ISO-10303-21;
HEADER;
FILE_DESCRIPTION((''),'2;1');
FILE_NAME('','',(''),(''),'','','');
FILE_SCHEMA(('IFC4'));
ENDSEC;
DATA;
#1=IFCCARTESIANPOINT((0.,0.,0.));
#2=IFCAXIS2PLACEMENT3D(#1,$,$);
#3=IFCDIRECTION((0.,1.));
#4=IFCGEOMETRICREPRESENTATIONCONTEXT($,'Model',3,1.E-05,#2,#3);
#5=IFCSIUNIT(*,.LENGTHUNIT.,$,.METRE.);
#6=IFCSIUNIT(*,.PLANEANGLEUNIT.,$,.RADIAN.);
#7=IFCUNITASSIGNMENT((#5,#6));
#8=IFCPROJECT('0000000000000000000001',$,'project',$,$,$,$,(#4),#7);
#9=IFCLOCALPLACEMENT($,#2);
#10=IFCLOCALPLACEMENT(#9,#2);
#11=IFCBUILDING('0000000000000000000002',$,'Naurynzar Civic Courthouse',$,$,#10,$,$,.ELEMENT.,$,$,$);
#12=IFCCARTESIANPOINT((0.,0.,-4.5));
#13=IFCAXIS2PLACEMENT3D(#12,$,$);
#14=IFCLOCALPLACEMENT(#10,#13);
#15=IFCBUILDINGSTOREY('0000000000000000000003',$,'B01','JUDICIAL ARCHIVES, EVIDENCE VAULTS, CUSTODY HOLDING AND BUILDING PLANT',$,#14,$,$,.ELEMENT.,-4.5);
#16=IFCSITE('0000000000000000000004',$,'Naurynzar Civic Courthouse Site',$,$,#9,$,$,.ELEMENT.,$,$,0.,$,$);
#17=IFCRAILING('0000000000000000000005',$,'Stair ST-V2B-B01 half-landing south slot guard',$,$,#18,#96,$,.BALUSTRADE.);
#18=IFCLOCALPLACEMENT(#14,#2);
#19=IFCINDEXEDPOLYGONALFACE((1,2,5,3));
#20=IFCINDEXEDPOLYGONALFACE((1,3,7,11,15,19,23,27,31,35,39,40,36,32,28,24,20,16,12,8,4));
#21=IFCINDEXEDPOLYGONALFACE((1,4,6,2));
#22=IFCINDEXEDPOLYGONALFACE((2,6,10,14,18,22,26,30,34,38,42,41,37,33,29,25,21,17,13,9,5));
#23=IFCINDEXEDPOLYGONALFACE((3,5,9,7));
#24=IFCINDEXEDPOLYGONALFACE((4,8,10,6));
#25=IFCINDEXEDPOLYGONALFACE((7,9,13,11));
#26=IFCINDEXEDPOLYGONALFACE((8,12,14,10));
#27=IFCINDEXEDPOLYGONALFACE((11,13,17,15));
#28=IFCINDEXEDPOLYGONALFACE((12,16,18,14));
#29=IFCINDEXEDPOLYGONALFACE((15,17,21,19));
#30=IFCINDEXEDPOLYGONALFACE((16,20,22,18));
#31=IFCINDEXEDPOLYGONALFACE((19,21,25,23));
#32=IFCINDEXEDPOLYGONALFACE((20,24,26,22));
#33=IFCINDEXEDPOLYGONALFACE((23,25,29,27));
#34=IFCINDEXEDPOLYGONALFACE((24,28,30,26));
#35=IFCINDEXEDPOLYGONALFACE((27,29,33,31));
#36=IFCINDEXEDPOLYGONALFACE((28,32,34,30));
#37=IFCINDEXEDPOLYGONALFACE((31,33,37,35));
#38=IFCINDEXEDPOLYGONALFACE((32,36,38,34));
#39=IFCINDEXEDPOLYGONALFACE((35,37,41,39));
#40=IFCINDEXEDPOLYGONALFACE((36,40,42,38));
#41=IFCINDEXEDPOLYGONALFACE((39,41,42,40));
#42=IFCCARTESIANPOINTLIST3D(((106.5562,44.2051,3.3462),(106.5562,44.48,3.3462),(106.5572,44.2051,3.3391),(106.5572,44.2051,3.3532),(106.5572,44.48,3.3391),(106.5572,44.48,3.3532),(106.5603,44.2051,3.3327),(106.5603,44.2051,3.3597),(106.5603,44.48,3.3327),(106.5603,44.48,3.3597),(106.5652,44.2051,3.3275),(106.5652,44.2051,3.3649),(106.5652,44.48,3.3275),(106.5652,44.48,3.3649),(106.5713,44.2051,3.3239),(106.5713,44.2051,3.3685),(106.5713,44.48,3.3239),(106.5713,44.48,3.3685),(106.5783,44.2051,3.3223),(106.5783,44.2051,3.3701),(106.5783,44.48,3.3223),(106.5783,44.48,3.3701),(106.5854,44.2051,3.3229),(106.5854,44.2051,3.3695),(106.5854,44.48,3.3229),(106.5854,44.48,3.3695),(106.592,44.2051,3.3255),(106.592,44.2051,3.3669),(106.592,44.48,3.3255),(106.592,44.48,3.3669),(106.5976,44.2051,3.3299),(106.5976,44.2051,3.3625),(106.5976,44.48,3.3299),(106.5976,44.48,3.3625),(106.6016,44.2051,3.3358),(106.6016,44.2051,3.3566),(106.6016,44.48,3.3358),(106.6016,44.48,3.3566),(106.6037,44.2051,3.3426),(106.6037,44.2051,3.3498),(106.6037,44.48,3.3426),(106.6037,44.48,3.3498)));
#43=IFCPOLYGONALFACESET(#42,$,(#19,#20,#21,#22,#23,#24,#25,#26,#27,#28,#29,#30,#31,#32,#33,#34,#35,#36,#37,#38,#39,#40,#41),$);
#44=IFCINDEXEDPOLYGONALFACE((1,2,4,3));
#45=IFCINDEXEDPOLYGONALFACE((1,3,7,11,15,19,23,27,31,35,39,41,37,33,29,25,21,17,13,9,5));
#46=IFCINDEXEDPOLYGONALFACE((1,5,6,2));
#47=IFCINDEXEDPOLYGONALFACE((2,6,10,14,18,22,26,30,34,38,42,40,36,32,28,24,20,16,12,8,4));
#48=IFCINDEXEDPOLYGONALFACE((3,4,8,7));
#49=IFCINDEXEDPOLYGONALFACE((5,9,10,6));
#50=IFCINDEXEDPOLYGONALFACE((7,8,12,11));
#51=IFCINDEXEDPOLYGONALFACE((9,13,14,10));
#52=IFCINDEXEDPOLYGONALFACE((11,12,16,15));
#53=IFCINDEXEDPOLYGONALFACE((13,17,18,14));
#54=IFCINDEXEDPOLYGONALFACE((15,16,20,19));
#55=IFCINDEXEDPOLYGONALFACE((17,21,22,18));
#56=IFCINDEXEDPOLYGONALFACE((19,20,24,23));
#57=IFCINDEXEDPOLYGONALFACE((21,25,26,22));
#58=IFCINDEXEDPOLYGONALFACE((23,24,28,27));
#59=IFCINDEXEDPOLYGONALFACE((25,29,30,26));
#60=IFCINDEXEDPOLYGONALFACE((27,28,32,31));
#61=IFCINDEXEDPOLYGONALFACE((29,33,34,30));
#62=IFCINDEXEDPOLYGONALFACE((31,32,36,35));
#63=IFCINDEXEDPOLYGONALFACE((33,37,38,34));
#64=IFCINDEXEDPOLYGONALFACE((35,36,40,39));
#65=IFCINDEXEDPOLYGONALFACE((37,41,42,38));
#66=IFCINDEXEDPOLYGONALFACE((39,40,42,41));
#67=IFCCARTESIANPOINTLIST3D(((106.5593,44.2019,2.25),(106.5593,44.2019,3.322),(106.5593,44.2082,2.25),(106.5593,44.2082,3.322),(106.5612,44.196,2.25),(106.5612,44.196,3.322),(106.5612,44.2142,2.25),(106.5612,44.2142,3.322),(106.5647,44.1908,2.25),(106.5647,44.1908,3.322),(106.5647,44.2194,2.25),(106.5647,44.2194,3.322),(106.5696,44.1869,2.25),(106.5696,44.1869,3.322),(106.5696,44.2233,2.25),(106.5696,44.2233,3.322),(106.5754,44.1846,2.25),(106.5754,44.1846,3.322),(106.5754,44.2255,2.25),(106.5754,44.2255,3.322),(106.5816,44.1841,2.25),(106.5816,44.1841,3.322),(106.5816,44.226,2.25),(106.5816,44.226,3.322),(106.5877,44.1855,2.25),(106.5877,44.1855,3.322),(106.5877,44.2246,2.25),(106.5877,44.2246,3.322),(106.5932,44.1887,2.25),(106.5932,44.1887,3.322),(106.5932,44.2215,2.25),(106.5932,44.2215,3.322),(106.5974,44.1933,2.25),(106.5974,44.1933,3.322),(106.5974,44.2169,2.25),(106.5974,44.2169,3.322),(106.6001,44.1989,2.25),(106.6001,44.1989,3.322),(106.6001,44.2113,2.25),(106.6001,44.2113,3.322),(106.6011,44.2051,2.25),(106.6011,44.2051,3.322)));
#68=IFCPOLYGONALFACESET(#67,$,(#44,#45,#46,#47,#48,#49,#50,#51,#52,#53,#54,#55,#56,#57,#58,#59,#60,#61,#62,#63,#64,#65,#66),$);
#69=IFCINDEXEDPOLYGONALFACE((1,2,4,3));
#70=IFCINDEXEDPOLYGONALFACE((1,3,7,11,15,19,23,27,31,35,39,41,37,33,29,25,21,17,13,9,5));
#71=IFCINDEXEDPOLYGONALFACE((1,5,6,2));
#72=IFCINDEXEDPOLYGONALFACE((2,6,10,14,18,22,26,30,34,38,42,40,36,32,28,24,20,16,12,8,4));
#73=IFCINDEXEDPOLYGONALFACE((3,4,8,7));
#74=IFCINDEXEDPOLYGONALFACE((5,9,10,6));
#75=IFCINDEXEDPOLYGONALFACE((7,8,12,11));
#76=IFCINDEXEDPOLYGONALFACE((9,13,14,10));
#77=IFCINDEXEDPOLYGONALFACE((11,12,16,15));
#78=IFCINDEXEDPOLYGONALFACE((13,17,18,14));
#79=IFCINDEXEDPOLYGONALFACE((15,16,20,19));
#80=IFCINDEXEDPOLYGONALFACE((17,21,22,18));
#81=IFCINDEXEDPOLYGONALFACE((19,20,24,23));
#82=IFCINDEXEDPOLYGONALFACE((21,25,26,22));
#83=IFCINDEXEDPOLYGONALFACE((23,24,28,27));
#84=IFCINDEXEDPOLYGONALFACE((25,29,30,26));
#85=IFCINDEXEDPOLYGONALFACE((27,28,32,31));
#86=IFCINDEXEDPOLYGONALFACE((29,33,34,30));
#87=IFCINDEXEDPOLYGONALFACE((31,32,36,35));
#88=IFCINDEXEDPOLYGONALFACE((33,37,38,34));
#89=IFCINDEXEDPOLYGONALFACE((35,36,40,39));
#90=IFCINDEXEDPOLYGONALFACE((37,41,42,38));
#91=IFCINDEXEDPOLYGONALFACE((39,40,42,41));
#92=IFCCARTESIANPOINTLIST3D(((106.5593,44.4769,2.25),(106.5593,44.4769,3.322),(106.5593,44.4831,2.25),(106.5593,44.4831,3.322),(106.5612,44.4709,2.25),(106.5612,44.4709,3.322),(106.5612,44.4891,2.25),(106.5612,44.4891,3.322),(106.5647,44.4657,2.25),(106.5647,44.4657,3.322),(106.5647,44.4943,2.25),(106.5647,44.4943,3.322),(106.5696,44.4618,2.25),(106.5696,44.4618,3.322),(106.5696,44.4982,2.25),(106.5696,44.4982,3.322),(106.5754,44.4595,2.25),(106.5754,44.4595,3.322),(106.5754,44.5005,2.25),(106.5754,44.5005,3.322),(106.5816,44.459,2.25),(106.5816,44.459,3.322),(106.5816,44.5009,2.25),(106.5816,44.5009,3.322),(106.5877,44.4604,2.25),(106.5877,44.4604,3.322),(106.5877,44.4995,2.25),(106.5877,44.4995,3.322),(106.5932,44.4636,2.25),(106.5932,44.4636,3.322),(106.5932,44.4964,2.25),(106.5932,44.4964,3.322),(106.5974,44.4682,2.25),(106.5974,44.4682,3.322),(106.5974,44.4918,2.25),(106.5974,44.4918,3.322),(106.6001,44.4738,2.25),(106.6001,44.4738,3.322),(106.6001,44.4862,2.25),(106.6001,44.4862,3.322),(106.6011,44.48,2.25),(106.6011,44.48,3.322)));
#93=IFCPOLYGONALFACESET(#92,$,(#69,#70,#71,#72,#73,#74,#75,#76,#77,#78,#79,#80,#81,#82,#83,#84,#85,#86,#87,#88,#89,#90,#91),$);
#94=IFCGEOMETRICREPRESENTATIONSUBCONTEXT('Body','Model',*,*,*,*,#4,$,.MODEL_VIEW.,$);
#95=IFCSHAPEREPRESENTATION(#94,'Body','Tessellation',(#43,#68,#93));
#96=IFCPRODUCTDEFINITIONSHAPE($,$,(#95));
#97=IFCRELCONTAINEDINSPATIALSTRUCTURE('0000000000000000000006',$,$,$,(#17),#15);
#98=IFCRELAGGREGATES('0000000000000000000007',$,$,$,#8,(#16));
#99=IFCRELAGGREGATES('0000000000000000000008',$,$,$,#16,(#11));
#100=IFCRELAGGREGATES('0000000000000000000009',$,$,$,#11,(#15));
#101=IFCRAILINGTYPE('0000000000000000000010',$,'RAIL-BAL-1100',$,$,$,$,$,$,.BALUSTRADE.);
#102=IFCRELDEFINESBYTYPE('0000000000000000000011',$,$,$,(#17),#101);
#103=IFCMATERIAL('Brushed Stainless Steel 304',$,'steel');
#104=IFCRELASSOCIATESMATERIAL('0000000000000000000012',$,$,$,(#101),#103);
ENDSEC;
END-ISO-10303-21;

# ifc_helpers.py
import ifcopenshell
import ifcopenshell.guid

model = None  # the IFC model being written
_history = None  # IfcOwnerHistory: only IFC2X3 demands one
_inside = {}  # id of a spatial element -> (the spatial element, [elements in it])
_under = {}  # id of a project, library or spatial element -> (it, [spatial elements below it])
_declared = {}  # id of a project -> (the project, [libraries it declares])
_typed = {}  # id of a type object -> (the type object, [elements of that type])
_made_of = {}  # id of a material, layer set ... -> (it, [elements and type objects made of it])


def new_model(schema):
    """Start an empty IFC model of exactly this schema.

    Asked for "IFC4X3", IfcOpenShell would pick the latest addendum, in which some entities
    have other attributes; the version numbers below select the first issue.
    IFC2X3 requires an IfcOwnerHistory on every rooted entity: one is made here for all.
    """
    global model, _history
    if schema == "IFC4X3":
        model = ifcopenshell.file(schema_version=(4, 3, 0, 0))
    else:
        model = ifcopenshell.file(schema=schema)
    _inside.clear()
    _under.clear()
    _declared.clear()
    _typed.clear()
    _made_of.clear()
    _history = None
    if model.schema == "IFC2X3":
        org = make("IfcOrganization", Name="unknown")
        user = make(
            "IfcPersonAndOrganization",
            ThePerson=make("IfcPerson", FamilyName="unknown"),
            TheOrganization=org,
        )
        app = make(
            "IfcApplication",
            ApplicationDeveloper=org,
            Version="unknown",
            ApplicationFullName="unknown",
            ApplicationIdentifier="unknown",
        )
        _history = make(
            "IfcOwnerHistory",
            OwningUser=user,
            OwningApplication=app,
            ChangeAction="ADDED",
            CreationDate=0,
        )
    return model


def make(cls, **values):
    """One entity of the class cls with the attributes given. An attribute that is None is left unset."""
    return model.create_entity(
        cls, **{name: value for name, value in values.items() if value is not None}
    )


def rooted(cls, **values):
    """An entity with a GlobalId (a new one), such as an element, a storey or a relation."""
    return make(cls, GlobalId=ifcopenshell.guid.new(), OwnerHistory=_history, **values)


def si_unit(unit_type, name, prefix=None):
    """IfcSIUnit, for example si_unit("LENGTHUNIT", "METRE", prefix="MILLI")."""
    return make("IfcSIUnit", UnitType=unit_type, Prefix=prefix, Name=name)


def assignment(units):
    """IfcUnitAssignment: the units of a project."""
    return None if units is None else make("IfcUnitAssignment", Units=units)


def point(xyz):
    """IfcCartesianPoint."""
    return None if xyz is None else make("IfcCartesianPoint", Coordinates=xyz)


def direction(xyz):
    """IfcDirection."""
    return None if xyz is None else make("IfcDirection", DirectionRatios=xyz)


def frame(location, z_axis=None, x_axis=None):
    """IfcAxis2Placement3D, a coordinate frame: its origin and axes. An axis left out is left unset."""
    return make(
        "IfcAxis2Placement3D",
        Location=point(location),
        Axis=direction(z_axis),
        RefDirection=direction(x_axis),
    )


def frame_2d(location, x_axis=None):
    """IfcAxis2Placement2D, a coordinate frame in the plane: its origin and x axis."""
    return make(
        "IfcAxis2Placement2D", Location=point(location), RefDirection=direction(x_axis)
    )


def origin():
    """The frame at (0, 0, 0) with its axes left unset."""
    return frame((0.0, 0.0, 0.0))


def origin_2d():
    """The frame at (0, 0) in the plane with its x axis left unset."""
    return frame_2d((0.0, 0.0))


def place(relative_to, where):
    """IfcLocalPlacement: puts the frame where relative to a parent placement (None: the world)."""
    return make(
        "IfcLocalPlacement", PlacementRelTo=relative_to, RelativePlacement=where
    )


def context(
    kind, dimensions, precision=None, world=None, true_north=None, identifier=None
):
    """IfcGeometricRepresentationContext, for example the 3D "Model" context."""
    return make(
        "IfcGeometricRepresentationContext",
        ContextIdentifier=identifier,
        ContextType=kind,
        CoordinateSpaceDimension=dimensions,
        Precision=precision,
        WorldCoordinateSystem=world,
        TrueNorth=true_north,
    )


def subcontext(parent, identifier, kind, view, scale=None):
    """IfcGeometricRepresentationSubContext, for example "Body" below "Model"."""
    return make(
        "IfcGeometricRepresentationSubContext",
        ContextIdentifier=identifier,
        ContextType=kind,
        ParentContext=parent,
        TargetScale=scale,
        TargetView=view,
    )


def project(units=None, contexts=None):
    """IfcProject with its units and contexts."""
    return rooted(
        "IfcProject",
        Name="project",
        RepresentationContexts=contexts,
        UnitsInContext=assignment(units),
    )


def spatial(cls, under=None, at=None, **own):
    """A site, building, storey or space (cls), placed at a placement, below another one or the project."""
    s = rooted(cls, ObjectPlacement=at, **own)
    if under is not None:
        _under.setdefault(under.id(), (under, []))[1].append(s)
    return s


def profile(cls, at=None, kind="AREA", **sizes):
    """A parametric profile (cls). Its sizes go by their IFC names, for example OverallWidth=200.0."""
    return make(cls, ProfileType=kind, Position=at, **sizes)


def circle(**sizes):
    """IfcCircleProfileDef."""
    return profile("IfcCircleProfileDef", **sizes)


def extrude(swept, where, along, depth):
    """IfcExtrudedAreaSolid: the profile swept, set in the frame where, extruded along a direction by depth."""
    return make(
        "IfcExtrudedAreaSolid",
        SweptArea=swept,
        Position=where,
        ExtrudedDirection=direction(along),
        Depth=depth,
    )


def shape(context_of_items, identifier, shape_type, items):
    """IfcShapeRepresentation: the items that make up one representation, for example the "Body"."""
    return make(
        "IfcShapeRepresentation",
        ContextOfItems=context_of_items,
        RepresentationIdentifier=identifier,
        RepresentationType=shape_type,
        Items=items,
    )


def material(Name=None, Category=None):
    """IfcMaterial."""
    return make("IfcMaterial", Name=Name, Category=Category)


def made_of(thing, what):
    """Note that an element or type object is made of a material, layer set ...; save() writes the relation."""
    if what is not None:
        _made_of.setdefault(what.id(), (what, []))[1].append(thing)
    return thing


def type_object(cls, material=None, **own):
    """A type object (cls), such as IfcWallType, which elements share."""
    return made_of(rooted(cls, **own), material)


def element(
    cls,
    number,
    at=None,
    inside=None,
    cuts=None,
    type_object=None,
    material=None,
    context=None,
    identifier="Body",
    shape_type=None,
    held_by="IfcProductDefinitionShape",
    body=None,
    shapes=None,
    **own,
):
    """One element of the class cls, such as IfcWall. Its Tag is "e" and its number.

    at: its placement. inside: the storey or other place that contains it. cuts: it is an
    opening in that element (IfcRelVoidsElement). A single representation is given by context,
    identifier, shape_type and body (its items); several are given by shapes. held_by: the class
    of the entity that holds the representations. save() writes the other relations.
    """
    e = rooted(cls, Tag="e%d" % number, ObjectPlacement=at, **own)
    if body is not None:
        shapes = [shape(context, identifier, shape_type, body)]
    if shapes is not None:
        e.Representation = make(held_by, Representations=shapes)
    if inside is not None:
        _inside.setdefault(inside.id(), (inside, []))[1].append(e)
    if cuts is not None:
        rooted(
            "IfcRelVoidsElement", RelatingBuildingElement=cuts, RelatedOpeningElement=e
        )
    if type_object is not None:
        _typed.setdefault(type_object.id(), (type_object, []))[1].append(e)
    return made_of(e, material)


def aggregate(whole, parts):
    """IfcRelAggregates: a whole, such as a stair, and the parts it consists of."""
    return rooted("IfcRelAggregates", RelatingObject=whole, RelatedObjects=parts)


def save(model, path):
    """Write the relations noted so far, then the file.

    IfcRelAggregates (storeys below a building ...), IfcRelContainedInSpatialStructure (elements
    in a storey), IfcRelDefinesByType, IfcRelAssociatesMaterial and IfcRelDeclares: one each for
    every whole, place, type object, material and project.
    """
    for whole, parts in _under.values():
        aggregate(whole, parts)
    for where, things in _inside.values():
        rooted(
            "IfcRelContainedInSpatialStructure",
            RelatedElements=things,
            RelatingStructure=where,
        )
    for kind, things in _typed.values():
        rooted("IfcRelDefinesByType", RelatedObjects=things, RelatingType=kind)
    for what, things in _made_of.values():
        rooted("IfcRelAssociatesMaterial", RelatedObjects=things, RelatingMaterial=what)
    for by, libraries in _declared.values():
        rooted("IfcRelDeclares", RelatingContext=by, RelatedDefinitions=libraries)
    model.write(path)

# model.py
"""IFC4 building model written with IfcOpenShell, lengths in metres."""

from ifc_helpers import new_model, si_unit, direction, frame, origin, origin_2d, place, context, subcontext, project, spatial, circle, extrude, material, type_object, element, save


model = new_model("IFC4")

# Units and contexts
model_context = context("Model", 3, precision=1e-05, world=origin(), true_north=direction((0.0, 1.0)))
body_context = subcontext(model_context, "Body", "Model", "MODEL_VIEW")
ifc_project = project(units=[si_unit("LENGTHUNIT", "METRE"), si_unit("PLANEANGLEUNIT", "RADIAN")], contexts=[model_context])

# Site, building, storey
site_placement = place(None, origin())
site = spatial("IfcSite", under=ifc_project, at=site_placement, Name="Naurynzar Civic Courthouse Site", CompositionType="ELEMENT", RefElevation=0.0)
building_placement = place(site_placement, origin())
building = spatial("IfcBuilding", under=site, at=building_placement, Name="Naurynzar Civic Courthouse", CompositionType="ELEMENT")
storey_placement = place(building_placement, frame((0.0, 0.0, -4.5)))
storey = spatial("IfcBuildingStorey", under=building, at=storey_placement, Name="B01", Description="JUDICIAL ARCHIVES, EVIDENCE VAULTS, CUSTODY HOLDING AND BUILDING PLANT", CompositionType="ELEMENT", Elevation=-4.5)

# Railing
ifc_material_1 = material(Name="Brushed Stainless Steel 304", Category="steel")
railing_type_1 = type_object("IfcRailingType", Name="RAIL-BAL-1100", PredefinedType="BALUSTRADE", material=ifc_material_1)
railing_1_placement = place(storey_placement, frame((106.5801, 44.2051, 2.25)))
element("IfcRailing", 1, at=railing_1_placement, inside=storey, type_object=railing_type_1, Name="Stair ST-V2B-B01 half-landing south slot guard", PredefinedType="BALUSTRADE", context=body_context, shape_type="SweptSolid", body=[
    extrude(circle(Radius=0.0239, at=origin_2d()), frame((0.0, 0.0, 1.0962), z_axis=(0.0, 1.0, 0.0), x_axis=(-1.0, 0.0, 0.0)), (0.0, 0.0, 1.0), 0.2749),
    extrude(circle(Radius=0.021, at=origin_2d()), origin(), (0.0, 0.0, 1.0), 1.072),
    extrude(circle(Radius=0.021, at=origin_2d()), frame((0.0, 0.2749, 0.0)), (0.0, 0.0, 1.0), 1.072),
])

save(model, "model.ifc")
